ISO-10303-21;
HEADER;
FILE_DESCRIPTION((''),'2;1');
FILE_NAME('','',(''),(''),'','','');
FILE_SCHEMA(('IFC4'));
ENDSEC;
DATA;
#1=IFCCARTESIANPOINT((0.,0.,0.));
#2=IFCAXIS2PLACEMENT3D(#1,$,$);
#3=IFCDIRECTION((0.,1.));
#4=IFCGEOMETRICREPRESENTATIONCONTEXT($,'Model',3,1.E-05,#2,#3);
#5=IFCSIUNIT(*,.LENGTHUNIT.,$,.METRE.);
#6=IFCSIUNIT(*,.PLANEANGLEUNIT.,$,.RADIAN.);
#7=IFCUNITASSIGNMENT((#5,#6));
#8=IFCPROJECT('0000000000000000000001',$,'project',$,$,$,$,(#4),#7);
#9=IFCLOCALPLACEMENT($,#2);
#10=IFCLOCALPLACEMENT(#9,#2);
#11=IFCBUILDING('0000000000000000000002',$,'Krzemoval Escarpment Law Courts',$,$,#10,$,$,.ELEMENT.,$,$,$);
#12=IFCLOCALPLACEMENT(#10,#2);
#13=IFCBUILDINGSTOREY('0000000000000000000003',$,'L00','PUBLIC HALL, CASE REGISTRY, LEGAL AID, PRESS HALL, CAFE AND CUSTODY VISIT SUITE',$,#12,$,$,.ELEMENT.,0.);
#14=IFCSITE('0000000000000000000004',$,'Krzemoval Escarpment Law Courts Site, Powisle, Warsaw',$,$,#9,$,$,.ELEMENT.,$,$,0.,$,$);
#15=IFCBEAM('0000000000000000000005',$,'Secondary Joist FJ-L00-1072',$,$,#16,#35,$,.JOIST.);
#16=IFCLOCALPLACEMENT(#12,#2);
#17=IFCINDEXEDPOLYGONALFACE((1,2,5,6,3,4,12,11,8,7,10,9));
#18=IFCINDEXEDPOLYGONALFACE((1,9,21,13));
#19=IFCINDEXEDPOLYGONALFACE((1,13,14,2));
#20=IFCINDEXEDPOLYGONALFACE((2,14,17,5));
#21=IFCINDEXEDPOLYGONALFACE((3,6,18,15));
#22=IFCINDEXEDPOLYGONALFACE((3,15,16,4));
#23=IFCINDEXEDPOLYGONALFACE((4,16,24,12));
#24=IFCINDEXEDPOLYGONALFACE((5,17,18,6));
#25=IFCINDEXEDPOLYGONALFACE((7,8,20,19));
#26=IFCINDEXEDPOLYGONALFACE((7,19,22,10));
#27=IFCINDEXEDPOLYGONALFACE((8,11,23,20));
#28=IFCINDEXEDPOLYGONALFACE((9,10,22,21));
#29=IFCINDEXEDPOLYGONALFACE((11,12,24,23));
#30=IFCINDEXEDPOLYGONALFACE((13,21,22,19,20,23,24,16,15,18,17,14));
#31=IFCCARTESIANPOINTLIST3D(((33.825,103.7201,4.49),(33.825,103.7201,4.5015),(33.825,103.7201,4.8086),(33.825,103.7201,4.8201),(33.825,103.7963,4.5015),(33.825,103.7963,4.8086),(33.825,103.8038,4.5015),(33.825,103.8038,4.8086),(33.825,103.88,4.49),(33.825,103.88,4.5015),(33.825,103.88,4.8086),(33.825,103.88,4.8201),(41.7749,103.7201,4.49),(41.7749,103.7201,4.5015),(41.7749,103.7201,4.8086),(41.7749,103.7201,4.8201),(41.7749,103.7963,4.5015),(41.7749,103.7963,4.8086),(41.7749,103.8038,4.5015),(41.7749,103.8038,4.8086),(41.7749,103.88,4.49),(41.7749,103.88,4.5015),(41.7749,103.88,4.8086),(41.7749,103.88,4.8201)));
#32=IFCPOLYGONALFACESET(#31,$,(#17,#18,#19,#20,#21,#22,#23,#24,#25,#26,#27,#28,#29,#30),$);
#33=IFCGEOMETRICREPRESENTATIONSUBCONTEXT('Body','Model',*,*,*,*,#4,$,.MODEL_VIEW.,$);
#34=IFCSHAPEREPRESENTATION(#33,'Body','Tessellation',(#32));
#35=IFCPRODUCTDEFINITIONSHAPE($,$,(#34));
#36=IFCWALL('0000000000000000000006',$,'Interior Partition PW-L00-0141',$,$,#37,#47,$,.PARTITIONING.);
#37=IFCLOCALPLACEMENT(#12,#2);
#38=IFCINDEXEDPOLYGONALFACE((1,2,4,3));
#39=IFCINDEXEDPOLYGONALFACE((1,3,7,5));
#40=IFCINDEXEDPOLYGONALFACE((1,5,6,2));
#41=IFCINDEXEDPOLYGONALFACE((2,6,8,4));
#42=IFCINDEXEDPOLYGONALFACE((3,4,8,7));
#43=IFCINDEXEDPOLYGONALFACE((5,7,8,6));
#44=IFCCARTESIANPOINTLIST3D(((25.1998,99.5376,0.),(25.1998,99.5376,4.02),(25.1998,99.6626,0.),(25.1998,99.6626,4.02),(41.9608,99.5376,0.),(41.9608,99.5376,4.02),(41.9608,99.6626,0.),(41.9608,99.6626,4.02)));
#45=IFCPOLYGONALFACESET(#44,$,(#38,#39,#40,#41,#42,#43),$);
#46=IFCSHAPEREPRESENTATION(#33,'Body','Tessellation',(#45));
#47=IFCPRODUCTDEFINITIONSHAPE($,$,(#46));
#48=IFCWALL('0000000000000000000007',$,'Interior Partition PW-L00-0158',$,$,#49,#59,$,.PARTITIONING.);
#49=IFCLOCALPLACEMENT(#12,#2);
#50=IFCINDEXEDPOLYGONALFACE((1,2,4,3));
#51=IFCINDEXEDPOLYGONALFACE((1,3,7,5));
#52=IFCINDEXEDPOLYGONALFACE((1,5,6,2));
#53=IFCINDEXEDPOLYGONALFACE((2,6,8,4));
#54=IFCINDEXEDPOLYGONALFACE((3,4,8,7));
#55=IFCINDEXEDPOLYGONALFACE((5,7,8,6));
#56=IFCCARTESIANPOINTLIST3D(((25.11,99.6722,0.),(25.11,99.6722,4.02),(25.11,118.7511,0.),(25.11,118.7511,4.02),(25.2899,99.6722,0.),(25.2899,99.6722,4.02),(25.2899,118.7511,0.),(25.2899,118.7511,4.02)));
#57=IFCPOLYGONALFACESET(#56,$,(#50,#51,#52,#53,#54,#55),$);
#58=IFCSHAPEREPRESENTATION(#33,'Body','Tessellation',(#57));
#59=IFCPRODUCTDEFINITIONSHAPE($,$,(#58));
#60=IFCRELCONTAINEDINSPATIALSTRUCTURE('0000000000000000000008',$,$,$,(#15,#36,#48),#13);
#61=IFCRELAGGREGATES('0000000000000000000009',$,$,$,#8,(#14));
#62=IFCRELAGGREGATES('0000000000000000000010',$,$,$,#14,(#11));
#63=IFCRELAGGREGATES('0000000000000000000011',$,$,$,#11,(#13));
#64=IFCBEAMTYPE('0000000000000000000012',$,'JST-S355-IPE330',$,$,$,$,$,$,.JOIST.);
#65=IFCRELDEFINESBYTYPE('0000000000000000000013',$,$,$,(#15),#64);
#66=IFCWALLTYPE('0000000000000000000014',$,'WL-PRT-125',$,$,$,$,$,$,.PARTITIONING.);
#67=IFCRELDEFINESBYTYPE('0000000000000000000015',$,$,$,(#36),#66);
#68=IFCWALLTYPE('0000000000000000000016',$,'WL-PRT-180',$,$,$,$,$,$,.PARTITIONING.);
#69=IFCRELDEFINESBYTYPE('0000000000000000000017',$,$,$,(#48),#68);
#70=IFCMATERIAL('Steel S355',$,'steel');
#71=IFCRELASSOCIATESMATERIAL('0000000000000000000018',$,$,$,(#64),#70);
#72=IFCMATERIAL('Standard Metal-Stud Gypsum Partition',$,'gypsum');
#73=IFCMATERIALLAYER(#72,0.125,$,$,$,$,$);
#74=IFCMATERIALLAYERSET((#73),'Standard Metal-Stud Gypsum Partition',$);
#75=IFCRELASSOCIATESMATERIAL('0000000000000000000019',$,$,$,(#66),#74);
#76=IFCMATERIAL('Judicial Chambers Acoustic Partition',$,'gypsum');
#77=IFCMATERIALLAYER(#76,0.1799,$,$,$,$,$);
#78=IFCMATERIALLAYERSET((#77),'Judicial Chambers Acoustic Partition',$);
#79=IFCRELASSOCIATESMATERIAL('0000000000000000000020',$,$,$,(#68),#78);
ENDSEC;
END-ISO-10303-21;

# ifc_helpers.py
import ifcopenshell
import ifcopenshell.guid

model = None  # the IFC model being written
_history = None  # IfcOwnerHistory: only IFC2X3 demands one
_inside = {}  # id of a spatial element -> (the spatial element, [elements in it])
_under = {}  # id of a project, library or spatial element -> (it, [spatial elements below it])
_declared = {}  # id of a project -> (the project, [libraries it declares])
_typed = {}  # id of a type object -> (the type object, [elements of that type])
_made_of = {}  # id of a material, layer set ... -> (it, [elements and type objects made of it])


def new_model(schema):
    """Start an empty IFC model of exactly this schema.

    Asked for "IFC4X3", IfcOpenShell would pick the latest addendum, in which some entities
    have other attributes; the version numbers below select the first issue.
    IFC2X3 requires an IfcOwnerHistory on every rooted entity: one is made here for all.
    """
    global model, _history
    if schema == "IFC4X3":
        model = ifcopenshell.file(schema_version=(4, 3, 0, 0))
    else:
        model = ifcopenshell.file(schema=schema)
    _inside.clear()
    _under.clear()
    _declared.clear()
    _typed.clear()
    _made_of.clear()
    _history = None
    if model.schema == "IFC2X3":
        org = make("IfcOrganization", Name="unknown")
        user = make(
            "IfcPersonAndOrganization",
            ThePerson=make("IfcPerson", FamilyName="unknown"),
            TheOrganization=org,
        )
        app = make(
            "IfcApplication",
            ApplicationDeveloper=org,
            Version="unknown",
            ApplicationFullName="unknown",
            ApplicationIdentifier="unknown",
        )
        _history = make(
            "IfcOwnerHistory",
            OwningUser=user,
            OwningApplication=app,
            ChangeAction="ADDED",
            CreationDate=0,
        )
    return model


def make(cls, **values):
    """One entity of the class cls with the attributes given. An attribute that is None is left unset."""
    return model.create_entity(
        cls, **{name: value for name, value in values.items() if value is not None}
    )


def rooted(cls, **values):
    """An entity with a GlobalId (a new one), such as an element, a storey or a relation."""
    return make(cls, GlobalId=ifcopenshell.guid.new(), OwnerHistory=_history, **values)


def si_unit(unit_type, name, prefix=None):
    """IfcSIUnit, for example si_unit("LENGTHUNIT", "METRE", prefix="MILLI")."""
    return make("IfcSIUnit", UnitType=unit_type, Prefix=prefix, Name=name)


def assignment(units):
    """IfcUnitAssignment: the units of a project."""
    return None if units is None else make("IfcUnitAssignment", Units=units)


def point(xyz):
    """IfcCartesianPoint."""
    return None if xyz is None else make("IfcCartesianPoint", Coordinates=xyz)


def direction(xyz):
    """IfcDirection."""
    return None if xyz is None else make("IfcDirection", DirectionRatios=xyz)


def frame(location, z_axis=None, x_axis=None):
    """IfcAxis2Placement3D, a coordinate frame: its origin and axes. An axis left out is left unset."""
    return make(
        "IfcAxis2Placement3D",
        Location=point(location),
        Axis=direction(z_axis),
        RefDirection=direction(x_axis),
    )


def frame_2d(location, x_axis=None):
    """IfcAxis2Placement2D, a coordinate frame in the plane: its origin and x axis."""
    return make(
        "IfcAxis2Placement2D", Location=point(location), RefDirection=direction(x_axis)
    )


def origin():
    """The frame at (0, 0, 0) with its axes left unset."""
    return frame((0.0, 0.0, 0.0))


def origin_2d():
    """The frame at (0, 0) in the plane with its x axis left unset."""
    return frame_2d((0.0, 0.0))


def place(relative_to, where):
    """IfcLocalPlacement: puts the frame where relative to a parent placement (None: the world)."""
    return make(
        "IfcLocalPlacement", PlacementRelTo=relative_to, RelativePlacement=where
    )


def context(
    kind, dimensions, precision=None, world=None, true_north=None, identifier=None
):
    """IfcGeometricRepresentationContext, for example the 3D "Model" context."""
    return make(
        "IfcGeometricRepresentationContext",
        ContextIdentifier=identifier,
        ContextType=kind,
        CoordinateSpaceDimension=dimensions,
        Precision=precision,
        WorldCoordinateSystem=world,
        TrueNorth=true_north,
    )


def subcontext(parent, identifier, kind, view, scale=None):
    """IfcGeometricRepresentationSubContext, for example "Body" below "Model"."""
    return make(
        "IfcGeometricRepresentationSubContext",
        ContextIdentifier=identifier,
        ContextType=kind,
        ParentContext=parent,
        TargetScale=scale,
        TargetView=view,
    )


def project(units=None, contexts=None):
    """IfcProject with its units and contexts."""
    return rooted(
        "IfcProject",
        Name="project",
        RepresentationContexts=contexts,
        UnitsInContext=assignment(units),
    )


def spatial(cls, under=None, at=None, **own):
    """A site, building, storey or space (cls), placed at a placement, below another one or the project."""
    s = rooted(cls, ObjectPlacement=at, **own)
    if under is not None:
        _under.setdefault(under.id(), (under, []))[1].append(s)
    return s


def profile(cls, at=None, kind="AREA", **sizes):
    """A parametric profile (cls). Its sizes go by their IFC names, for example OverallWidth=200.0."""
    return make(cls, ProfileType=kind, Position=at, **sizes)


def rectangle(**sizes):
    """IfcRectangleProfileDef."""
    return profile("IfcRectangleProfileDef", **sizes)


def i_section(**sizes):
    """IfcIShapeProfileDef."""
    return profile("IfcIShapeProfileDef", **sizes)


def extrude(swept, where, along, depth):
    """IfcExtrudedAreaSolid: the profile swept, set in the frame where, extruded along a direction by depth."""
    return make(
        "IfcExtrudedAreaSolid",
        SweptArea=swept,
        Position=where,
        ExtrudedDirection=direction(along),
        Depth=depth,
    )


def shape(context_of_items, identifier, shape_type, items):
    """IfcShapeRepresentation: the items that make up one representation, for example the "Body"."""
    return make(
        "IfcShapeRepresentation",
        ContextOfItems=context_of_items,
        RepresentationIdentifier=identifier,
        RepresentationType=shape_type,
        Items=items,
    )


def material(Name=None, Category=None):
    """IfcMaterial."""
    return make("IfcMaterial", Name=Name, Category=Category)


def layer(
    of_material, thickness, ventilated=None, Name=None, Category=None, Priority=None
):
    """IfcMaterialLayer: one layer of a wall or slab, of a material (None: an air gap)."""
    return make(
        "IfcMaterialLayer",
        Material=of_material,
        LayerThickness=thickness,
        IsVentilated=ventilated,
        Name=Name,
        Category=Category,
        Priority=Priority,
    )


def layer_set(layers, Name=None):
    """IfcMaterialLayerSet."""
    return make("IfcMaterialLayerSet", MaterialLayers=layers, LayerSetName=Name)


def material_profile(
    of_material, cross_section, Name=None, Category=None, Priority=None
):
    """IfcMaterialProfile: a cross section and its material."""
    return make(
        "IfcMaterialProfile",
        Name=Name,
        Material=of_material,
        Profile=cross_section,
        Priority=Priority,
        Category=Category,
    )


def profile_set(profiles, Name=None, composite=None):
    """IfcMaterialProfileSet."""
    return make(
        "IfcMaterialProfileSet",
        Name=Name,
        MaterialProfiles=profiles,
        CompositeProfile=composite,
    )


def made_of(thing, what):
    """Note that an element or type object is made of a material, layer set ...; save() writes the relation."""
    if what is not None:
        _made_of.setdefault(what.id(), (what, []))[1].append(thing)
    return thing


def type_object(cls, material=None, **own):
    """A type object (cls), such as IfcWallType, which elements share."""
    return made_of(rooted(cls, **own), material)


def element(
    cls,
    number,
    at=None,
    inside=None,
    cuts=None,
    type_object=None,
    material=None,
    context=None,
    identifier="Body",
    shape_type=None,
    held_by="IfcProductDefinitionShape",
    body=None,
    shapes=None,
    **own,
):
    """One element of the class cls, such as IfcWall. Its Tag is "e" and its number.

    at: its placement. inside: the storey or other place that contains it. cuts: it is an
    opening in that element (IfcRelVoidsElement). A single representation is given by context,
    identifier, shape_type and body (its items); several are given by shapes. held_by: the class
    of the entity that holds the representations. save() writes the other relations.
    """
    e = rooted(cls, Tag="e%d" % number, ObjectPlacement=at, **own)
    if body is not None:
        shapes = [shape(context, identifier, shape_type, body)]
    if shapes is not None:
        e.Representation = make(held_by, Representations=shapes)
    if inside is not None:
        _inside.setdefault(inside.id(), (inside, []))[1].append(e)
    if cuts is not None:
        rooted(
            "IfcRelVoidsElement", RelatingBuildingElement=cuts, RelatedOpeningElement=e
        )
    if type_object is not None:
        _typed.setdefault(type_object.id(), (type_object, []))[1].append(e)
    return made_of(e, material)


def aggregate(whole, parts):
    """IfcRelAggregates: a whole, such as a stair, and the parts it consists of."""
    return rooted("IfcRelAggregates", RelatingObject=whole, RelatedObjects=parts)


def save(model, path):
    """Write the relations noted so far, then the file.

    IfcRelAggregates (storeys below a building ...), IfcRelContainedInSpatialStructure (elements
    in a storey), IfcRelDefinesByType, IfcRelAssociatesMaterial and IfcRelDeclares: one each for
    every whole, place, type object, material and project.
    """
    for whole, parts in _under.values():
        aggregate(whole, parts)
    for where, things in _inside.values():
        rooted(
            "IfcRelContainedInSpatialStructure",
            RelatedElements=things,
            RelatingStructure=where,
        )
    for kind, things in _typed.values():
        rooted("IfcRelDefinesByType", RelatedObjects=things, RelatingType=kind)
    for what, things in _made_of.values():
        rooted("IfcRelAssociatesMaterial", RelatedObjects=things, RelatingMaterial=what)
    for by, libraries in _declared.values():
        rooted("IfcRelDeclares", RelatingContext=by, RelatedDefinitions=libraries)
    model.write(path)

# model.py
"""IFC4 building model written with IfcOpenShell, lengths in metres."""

from ifc_helpers import new_model, si_unit, direction, frame, frame_2d, origin, origin_2d, place, context, subcontext, project, spatial, rectangle, i_section, extrude, material, layer, layer_set, material_profile, profile_set, type_object, element, save


model = new_model("IFC4")

# Units and contexts
model_context = context("Model", 3, precision=1e-05, world=origin(), true_north=direction((0.0, 1.0)))
body_context = subcontext(model_context, "Body", "Model", "MODEL_VIEW")
ifc_project = project(units=[si_unit("LENGTHUNIT", "METRE"), si_unit("PLANEANGLEUNIT", "RADIAN")], contexts=[model_context])

# Site, building, storey
site_placement = place(None, origin())
site = spatial("IfcSite", under=ifc_project, at=site_placement, Name="Krzemoval Escarpment Law Courts Site, Powisle, Warsaw", CompositionType="ELEMENT", RefElevation=0.0)
building_placement = place(site_placement, origin())
building = spatial("IfcBuilding", under=site, at=building_placement, Name="Krzemoval Escarpment Law Courts", CompositionType="ELEMENT")
storey_placement = place(building_placement, origin())
storey = spatial("IfcBuildingStorey", under=building, at=storey_placement, Name="L00", Description="PUBLIC HALL, CASE REGISTRY, LEGAL AID, PRESS HALL, CAFE AND CUSTODY VISIT SUITE", CompositionType="ELEMENT", Elevation=0.0)

# Beam
ifc_material_1 = material(Name="Steel S355", Category="steel")
ifc_material_profile_1 = material_profile(ifc_material_1, i_section(OverallWidth=0.1599, OverallDepth=0.3301, WebThickness=0.0076, FlangeThickness=0.0115, at=origin_2d()), Name="IPE 330")
ifc_profile_set_1 = profile_set([ifc_material_profile_1], Name="Steel S355")
beam_type_1 = type_object("IfcBeamType", Name="JST-S355-IPE330", PredefinedType="JOIST", material=ifc_profile_set_1)
for number, where, z_axis, x_axis, name in (
    (1, (33.825, 103.8, 4.655), (1.0, 0.0, 0.0), (0.0, 1.0, 0.0), "Secondary Joist FJ-L00-1072"),
):
    element("IfcBeam", number, at=place(storey_placement, frame(where, z_axis=z_axis, x_axis=x_axis)), inside=storey, type_object=beam_type_1, Name=name, PredefinedType="JOIST", context=body_context, shape_type="SweptSolid", body=[
        extrude(i_section(OverallWidth=0.1599, OverallDepth=0.3301, WebThickness=0.0076, FlangeThickness=0.0115, at=origin_2d()), origin(), (0.0, 0.0, 1.0), 7.95),
    ])

# Walls
ifc_material_2 = material(Name="Standard Metal-Stud Gypsum Partition", Category="gypsum")
ifc_layer_1 = layer(ifc_material_2, 0.125)
ifc_layer_set_1 = layer_set([ifc_layer_1], Name="Standard Metal-Stud Gypsum Partition")
wall_type_1 = type_object("IfcWallType", Name="WL-PRT-125", PredefinedType="PARTITIONING", material=ifc_layer_set_1)
wall_1_placement = place(storey_placement, frame((25.2, 99.6001, 0.0), z_axis=(0.0, 0.0, 1.0), x_axis=(1.0, 0.0, 0.0)))
element("IfcWall", 2, at=wall_1_placement, inside=storey, type_object=wall_type_1, Name="Interior Partition PW-L00-0141", PredefinedType="PARTITIONING", context=body_context, shape_type="SweptSolid", body=[
    extrude(rectangle(XDim=16.761, YDim=0.125, at=frame_2d((8.3804, 0.0))), origin(), (0.0, 0.0, 1.0), 4.02),
])
ifc_material_3 = material(Name="Judicial Chambers Acoustic Partition", Category="gypsum")
ifc_layer_2 = layer(ifc_material_3, 0.1799)
ifc_layer_set_2 = layer_set([ifc_layer_2], Name="Judicial Chambers Acoustic Partition")
wall_type_2 = type_object("IfcWallType", Name="WL-PRT-180", PredefinedType="PARTITIONING", material=ifc_layer_set_2)
wall_2_placement = place(storey_placement, frame((25.2, 99.6721, 0.0), z_axis=(0.0, 0.0, 1.0), x_axis=(0.0, 1.0, 0.0)))
element("IfcWall", 3, at=wall_2_placement, inside=storey, type_object=wall_type_2, Name="Interior Partition PW-L00-0158", PredefinedType="PARTITIONING", context=body_context, shape_type="SweptSolid", body=[
    extrude(rectangle(XDim=19.0789, YDim=0.1799, at=frame_2d((9.5396, 0.0))), origin(), (0.0, 0.0, 1.0), 4.02),
])

save(model, "model.ifc")
